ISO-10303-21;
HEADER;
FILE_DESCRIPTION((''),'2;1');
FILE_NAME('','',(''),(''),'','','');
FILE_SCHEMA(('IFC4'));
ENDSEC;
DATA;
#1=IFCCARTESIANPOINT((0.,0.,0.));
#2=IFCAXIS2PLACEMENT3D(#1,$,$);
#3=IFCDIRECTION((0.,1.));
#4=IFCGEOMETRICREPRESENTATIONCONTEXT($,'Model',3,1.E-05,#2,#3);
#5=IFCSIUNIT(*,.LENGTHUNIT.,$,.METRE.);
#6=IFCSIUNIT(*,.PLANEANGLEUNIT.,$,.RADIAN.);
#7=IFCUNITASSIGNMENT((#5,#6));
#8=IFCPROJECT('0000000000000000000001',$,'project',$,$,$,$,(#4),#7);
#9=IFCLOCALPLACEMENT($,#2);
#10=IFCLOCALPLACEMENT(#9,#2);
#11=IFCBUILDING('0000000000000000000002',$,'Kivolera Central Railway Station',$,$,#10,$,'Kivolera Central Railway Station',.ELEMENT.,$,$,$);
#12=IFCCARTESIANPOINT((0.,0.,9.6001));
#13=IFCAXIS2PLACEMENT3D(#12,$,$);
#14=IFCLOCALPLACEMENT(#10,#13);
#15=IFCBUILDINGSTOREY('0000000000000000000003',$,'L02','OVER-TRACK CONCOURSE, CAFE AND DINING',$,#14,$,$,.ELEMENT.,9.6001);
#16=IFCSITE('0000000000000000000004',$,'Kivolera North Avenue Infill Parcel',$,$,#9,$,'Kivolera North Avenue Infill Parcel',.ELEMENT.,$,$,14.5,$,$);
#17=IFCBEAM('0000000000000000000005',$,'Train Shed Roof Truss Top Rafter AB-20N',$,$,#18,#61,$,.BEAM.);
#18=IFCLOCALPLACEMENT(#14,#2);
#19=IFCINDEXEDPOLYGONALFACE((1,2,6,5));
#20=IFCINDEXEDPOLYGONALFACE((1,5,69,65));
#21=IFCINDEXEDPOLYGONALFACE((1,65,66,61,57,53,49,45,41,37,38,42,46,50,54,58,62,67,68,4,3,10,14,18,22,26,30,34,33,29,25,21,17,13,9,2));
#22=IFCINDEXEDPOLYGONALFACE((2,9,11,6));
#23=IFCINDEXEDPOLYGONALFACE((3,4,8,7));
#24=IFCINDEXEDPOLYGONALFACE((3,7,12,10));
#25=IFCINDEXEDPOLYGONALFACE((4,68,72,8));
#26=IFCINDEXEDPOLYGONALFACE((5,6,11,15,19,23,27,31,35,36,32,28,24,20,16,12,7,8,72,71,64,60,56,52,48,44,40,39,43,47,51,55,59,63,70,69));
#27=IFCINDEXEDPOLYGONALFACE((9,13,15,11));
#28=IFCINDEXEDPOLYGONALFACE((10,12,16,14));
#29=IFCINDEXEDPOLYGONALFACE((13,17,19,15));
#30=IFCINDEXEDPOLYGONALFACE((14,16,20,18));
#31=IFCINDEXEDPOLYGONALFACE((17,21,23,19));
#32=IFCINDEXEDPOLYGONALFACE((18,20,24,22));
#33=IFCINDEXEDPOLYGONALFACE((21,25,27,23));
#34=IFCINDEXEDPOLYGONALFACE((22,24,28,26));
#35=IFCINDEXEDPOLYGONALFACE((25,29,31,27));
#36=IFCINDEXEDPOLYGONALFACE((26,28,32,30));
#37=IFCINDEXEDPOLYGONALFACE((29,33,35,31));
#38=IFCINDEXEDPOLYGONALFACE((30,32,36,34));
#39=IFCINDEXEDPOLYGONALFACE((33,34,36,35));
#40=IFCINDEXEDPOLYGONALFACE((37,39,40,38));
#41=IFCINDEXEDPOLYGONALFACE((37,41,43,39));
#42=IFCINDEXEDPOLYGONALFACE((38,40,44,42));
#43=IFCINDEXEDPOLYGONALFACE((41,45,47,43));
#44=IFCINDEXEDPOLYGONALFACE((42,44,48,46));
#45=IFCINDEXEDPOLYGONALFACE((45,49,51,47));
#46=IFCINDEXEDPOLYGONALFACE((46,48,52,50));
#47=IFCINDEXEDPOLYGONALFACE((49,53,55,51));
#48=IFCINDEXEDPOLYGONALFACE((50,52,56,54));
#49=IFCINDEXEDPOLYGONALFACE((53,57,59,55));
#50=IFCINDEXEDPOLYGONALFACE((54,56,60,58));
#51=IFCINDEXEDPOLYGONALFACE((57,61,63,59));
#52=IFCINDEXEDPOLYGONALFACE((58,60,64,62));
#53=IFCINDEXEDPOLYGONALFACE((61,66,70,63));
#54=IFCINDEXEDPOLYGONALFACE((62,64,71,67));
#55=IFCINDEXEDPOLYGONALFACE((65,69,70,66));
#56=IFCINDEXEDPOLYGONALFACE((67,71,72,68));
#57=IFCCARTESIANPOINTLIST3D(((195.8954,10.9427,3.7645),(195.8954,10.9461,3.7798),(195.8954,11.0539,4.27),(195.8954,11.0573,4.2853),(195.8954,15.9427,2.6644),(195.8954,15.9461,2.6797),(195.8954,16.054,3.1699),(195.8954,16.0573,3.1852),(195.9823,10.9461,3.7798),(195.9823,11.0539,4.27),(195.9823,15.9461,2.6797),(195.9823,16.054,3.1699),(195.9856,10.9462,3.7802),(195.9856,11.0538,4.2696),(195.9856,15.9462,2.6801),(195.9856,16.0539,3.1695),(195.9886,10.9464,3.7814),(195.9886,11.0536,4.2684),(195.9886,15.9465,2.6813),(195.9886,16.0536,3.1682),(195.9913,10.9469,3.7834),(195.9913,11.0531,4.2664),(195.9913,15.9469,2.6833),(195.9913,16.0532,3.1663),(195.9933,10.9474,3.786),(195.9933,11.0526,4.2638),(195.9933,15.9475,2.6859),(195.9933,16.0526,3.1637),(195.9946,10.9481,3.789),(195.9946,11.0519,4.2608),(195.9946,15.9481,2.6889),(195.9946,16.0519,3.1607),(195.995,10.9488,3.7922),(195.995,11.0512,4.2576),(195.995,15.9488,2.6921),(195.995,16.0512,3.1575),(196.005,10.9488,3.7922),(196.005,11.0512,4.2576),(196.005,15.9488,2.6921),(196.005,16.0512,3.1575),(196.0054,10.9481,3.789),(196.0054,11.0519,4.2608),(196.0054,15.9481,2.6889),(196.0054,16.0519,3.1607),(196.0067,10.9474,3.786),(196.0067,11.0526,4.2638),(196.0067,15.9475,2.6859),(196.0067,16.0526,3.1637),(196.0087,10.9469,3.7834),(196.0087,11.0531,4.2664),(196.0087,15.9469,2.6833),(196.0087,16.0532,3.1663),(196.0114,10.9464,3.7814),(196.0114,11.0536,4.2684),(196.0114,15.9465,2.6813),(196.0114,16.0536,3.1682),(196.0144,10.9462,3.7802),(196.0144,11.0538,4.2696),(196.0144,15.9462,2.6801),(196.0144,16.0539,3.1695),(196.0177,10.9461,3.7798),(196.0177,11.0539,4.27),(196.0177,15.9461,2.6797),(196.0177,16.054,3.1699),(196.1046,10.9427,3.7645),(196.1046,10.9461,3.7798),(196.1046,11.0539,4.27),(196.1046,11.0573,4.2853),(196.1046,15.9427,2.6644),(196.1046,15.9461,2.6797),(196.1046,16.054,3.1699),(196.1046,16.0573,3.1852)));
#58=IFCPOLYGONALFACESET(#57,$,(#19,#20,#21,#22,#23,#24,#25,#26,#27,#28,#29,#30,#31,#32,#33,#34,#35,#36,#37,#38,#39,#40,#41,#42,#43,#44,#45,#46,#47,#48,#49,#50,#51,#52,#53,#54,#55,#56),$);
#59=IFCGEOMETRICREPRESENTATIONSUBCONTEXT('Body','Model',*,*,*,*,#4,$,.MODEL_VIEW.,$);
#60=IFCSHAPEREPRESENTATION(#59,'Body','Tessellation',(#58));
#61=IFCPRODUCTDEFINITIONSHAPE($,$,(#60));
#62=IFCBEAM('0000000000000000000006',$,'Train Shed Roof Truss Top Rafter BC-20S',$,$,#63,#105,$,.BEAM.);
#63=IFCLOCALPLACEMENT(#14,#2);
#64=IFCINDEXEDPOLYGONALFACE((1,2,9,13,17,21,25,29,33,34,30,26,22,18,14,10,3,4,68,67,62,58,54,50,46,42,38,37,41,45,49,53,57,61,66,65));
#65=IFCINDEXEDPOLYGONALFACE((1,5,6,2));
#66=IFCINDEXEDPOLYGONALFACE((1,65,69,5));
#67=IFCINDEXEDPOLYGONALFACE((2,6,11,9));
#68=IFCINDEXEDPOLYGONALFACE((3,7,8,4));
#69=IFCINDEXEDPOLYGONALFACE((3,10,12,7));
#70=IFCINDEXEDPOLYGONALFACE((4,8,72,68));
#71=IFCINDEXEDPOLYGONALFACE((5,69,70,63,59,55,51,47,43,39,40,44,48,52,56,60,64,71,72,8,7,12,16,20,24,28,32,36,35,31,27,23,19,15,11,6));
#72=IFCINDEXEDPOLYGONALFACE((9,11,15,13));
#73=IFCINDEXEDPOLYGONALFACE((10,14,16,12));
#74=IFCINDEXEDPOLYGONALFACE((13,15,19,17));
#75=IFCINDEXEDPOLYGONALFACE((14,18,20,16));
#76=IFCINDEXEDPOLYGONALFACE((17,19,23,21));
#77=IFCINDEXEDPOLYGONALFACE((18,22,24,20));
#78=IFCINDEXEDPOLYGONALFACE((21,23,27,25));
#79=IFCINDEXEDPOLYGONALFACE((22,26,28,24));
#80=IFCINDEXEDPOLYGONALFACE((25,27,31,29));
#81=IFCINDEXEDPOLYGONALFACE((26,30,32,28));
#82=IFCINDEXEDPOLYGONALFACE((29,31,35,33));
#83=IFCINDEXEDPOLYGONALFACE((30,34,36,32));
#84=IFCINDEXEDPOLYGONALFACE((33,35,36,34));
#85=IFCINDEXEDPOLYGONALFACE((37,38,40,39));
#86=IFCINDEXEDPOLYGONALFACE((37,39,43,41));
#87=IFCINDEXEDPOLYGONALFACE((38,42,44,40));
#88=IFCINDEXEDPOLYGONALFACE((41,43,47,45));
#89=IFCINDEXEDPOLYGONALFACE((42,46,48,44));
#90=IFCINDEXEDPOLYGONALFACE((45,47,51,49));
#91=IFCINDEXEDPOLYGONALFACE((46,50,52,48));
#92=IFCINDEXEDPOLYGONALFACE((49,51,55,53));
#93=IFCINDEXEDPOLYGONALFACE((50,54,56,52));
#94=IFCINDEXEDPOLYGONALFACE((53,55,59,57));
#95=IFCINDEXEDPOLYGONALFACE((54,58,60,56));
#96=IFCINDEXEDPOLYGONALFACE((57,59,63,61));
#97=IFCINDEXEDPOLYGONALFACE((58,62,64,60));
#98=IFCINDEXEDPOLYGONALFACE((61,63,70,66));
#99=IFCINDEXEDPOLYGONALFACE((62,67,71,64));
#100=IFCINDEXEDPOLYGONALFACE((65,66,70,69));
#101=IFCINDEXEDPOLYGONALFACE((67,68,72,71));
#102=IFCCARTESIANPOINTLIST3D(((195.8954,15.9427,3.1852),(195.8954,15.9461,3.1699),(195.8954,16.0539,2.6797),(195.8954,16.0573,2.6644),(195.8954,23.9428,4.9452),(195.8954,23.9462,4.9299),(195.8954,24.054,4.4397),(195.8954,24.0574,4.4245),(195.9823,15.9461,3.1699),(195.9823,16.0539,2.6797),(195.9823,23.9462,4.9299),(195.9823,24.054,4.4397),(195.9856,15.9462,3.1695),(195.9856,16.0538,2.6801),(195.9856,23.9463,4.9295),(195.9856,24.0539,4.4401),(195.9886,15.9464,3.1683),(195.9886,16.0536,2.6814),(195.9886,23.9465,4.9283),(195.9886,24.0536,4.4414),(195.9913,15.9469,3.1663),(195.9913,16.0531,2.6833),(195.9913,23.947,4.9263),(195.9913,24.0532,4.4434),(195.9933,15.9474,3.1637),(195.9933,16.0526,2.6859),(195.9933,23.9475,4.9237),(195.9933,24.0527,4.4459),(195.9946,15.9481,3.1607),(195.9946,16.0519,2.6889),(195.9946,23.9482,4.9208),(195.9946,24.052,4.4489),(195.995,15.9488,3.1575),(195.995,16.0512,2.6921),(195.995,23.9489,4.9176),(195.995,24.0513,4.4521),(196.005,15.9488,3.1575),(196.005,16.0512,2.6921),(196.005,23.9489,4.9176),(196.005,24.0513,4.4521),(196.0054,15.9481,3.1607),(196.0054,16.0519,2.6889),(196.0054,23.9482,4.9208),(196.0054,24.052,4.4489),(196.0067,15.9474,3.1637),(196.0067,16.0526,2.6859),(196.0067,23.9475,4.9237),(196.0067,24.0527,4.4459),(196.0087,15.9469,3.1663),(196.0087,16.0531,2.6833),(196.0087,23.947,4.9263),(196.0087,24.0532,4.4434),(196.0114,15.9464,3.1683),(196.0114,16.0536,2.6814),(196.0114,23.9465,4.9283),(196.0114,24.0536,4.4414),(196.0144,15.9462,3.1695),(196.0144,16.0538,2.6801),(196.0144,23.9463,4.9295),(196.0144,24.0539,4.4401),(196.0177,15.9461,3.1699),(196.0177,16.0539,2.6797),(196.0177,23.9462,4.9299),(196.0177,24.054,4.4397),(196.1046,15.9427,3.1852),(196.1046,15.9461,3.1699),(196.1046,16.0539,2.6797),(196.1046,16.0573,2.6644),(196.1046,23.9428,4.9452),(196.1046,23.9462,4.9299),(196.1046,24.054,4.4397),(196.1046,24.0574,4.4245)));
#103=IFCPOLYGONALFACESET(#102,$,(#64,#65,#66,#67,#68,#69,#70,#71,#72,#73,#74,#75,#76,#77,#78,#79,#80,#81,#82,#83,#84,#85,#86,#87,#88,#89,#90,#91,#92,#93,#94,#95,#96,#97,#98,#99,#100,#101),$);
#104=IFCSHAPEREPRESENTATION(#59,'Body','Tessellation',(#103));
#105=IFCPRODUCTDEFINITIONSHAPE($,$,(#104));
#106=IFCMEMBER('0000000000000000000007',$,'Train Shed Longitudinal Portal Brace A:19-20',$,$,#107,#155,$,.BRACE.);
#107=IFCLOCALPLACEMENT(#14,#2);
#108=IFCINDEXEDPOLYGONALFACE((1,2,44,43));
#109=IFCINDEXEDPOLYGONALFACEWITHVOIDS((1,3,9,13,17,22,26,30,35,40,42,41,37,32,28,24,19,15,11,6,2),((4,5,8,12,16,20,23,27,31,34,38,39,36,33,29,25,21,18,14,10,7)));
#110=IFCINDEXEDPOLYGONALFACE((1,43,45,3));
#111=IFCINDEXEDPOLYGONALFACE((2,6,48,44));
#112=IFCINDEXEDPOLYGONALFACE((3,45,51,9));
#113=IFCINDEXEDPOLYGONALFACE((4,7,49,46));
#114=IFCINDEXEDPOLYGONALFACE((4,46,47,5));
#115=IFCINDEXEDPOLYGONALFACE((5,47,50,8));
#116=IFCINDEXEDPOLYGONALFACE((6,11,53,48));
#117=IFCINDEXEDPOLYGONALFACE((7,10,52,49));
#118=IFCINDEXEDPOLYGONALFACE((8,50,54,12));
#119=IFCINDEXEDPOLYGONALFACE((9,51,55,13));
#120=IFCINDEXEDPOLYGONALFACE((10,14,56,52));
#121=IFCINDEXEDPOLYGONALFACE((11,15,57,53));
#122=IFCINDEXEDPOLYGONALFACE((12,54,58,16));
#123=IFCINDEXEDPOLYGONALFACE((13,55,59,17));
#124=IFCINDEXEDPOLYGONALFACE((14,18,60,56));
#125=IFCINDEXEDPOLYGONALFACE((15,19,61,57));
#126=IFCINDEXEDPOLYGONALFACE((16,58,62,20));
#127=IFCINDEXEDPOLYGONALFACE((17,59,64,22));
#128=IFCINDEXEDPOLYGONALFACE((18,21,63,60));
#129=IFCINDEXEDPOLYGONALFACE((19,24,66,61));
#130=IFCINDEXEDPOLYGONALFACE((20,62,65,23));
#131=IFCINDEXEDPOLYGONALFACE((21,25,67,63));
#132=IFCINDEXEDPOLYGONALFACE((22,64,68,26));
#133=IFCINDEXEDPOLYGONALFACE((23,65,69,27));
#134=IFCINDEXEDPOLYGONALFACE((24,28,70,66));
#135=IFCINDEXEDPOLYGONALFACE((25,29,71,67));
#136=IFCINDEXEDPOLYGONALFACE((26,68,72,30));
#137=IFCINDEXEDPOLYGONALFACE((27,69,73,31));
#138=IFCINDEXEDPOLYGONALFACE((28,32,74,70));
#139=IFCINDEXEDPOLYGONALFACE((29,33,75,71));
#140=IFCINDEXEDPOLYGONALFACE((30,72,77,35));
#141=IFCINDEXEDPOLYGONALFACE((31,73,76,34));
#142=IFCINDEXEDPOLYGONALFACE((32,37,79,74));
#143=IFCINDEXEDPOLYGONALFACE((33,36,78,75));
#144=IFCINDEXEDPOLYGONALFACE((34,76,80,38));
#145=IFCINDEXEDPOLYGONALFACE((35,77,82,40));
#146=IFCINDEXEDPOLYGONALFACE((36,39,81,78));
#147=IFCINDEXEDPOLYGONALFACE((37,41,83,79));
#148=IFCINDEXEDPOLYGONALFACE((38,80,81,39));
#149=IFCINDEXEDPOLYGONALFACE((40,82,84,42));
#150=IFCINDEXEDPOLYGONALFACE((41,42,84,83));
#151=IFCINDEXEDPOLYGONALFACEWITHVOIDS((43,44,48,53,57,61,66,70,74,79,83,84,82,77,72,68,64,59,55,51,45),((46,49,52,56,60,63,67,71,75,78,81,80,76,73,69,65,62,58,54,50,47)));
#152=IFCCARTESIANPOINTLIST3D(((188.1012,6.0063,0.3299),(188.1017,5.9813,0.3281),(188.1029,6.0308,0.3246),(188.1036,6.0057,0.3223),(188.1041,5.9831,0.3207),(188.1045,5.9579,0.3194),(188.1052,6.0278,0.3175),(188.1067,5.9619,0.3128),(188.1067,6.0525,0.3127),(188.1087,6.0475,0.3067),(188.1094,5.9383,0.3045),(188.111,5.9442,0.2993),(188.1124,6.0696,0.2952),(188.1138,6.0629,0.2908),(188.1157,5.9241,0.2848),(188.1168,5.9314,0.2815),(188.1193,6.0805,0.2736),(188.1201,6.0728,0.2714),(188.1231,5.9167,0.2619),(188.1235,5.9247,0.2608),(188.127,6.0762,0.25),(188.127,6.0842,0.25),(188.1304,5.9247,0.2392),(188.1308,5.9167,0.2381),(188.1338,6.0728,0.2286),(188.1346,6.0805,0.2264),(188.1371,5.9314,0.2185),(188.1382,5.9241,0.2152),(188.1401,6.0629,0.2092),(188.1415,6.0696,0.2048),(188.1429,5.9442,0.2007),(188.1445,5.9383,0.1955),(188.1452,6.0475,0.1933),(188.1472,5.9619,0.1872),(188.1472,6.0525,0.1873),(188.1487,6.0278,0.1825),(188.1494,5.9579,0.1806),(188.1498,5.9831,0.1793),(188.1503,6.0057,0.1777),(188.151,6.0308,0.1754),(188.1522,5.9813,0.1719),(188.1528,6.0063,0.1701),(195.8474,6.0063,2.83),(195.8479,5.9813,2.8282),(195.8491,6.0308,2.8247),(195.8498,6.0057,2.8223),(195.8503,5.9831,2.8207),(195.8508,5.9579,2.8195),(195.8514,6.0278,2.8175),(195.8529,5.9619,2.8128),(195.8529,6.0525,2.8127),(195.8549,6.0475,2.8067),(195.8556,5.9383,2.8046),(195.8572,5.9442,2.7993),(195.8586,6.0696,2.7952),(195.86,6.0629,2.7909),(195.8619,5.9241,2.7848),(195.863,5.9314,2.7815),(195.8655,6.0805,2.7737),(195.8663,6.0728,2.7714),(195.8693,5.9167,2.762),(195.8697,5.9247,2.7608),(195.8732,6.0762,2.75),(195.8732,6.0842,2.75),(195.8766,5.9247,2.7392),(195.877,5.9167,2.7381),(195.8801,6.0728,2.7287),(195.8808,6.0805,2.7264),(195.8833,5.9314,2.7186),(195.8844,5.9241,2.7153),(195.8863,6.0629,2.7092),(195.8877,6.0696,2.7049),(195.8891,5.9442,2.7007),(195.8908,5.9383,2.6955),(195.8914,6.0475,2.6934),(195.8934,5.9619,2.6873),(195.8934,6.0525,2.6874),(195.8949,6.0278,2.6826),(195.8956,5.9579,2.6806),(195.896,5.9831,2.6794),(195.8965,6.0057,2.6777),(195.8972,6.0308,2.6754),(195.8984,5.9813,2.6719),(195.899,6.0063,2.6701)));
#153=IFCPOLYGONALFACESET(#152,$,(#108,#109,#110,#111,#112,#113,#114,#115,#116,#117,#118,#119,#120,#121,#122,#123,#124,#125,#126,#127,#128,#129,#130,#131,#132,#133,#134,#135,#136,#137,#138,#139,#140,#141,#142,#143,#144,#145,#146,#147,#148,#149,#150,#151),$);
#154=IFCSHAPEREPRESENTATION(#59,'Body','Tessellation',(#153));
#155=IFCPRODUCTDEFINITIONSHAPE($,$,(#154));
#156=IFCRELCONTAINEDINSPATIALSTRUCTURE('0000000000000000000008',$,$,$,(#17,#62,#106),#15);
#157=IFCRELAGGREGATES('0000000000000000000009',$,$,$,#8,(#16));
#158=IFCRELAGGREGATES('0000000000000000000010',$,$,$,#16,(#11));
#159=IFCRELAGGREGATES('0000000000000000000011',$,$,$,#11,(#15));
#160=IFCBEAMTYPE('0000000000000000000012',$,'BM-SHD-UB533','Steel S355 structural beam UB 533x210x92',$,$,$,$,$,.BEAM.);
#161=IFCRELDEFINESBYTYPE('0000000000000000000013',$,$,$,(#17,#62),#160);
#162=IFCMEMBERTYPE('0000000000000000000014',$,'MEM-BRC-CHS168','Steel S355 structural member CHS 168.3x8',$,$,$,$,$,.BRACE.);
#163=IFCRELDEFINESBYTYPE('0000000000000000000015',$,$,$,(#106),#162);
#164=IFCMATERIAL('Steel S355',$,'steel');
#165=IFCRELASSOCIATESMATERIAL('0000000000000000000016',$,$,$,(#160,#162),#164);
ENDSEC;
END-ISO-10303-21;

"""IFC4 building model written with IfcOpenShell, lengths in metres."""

from ifc_helpers import new_model, si_unit, direction, frame, origin, origin_2d, place, context, subcontext, project, spatial, hollow_circle, i_section, extrude, material, material_profile, profile_set, type_object, element, save


model = new_model("IFC4")

# Units and contexts
model_context = context("Model", 3, precision=1e-05, world=origin(), true_north=direction((0.0, 1.0)))
body_context = subcontext(model_context, "Body", "Model", "MODEL_VIEW")
ifc_project = project(units=[si_unit("LENGTHUNIT", "METRE"), si_unit("PLANEANGLEUNIT", "RADIAN")], contexts=[model_context])

# Site, building, storey
site_placement = place(None, origin())
site = spatial("IfcSite", under=ifc_project, at=site_placement, Name="Kivolera North Avenue Infill Parcel", LongName="Kivolera North Avenue Infill Parcel", CompositionType="ELEMENT", RefElevation=14.5)
building_placement = place(site_placement, origin())
building = spatial("IfcBuilding", under=site, at=building_placement, Name="Kivolera Central Railway Station", LongName="Kivolera Central Railway Station", CompositionType="ELEMENT")
storey_placement = place(building_placement, frame((0.0, 0.0, 9.6001)))
storey = spatial("IfcBuildingStorey", under=building, at=storey_placement, Name="L02", Description="OVER-TRACK CONCOURSE, CAFE AND DINING", CompositionType="ELEMENT", Elevation=9.6001)

# Shared definitions
ifc_material_1 = material(Name="Steel S355", Category="steel")

# Beams
ifc_material_profile_1 = material_profile(ifc_material_1, i_section(OverallWidth=0.2092, OverallDepth=0.5332, WebThickness=0.01, FlangeThickness=0.0156, FilletRadius=0.0127, at=origin_2d()), Name="UB 533x210x92")
ifc_profile_set_1 = profile_set([ifc_material_profile_1], Name="Steel S355")
beam_type_1 = type_object("IfcBeamType", Name="BM-SHD-UB533", Description="Steel S355 structural beam UB 533x210x92", PredefinedType="BEAM", material=ifc_profile_set_1)
for number, where, z_axis, x_axis, name in (
    (1, (196.0, 11.0, 4.0249), (0.0, 0.97664, -0.21488), (-1.0, 0.0, 0.0), "Train Shed Roof Truss Top Rafter AB-20N"),
):
    element("IfcBeam", number, at=place(storey_placement, frame(where, z_axis=z_axis, x_axis=x_axis)), inside=storey, type_object=beam_type_1, Name=name, PredefinedType="BEAM", context=body_context, shape_type="SweptSolid", body=[
        extrude(i_section(OverallWidth=0.2092, OverallDepth=0.5332, WebThickness=0.01, FlangeThickness=0.0156, FilletRadius=0.0127, at=origin_2d()), origin(), (0.0, 0.0, 1.0), 5.1196),
    ])
beam_1_placement = place(storey_placement, frame((196.0, 16.0, 2.9248), z_axis=(0.0, 0.976644, 0.214863), x_axis=(-1.0, 0.0, 0.0)))
element("IfcBeam", 2, at=beam_1_placement, inside=storey, type_object=beam_type_1, Name="Train Shed Roof Truss Top Rafter BC-20S", PredefinedType="BEAM", context=body_context, shape_type="SweptSolid", body=[
    extrude(i_section(OverallWidth=0.2092, OverallDepth=0.5332, WebThickness=0.01, FlangeThickness=0.0156, FilletRadius=0.0127, at=origin_2d()), origin(), (0.0, 0.0, 1.0), 8.1914),
])

# Member
ifc_material_profile_2 = material_profile(ifc_material_1, hollow_circle(Radius=0.0842, WallThickness=0.0081, at=origin_2d()), Name="CHS 168.3x8")
ifc_profile_set_2 = profile_set([ifc_material_profile_2], Name="Steel S355")
member_type_1 = type_object("IfcMemberType", Name="MEM-BRC-CHS168", Description="Steel S355 structural member CHS 168.3x8", PredefinedType="BRACE", material=ifc_profile_set_2)
for number, where, z_axis, x_axis, name in (
    (3, (188.127, 6.0, 0.25), (0.951663, 0.0, 0.307143), (0.0, 1.0, 0.0), "Train Shed Longitudinal Portal Brace A:19-20"),
):
    element("IfcMember", number, at=place(storey_placement, frame(where, z_axis=z_axis, x_axis=x_axis)), inside=storey, type_object=member_type_1, Name=name, PredefinedType="BRACE", context=body_context, shape_type="SweptSolid", body=[
        extrude(hollow_circle(Radius=0.0842, WallThickness=0.0081, at=origin_2d()), origin(), (0.0, 0.0, 1.0), 8.1396),
    ])

save(model, "model.ifc")
